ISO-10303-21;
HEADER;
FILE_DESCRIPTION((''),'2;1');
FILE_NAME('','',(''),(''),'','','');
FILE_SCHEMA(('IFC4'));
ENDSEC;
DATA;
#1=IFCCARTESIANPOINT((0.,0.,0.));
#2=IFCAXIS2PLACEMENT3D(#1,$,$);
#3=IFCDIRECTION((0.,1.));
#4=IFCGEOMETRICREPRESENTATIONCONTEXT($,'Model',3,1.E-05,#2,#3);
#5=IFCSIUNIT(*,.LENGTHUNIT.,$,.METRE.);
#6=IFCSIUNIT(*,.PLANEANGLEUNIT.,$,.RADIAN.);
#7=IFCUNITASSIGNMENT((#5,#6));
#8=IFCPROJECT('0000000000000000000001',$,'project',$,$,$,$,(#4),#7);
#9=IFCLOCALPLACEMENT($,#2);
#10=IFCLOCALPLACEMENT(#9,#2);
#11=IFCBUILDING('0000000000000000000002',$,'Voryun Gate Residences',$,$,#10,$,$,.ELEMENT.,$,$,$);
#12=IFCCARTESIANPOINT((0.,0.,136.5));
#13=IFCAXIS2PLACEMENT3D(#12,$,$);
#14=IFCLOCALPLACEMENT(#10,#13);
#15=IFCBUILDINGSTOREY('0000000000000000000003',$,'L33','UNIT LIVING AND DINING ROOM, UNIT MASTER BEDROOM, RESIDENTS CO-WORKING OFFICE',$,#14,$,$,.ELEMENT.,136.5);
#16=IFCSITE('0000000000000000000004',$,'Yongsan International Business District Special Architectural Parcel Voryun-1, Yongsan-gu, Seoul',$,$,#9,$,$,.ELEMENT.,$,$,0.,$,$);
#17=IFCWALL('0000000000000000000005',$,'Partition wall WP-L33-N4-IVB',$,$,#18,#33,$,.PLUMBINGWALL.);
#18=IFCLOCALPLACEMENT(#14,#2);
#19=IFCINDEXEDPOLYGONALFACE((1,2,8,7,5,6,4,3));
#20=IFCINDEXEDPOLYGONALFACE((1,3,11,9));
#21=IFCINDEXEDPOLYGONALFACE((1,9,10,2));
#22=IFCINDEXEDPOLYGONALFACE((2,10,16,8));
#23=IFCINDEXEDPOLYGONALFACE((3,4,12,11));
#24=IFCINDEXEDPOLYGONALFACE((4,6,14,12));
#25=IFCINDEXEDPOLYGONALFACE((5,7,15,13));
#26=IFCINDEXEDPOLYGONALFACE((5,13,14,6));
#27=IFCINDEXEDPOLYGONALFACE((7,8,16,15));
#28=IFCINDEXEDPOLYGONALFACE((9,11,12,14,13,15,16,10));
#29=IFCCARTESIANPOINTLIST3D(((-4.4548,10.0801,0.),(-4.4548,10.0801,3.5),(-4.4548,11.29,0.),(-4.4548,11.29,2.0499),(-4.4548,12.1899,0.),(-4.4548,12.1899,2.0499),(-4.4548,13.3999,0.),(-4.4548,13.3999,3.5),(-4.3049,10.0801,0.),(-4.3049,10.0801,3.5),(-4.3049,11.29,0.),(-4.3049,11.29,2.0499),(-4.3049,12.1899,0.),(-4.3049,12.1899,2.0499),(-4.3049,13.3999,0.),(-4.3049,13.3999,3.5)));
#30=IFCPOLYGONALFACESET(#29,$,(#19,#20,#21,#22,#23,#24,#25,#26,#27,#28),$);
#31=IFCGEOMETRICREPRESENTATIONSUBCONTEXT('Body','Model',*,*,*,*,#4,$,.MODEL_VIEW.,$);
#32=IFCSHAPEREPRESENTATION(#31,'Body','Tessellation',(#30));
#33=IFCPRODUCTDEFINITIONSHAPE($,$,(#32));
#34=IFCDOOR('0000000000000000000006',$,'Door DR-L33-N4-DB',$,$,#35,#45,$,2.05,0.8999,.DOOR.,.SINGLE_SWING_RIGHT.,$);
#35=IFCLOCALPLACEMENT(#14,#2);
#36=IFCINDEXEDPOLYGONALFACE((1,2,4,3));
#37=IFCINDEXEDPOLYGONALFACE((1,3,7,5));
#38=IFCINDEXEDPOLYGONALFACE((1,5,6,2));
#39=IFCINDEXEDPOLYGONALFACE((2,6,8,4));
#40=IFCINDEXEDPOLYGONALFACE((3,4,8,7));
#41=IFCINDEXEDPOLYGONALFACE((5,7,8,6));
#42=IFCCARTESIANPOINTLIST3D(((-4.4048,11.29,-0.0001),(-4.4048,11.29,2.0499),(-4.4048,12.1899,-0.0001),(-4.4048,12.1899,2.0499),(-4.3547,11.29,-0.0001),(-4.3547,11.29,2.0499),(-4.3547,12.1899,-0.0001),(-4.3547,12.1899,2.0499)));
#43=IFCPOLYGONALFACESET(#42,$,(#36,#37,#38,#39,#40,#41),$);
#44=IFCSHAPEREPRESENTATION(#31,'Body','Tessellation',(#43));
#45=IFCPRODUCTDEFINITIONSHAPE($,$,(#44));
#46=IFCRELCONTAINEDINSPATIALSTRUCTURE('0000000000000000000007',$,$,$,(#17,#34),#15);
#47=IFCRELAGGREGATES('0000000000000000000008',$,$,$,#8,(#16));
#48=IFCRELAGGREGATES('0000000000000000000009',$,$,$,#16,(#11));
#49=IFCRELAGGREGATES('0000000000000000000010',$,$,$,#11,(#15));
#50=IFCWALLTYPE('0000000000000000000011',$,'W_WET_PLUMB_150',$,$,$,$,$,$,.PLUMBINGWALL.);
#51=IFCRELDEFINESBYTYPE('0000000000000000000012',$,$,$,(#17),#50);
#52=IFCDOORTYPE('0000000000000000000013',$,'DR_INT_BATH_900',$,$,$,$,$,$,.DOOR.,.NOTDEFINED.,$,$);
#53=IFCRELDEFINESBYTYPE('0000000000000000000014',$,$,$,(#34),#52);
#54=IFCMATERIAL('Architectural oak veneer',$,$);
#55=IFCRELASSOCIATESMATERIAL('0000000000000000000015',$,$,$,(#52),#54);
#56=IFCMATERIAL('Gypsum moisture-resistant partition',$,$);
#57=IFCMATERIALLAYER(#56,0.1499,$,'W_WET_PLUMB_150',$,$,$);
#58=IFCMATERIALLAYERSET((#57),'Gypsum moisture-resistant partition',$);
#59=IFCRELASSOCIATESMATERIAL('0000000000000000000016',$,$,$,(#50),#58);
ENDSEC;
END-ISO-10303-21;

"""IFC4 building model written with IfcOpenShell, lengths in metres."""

from ifc_helpers import new_model, si_unit, direction, frame, frame_2d, origin, place, context, subcontext, project, spatial, rectangle, extrude, material, layer, layer_set, type_object, element, fill, save


model = new_model("IFC4")

# Units and contexts
model_context = context("Model", 3, precision=1e-05, world=origin(), true_north=direction((0.0, 1.0)))
body_context = subcontext(model_context, "Body", "Model", "MODEL_VIEW")
ifc_project = project(units=[si_unit("LENGTHUNIT", "METRE"), si_unit("PLANEANGLEUNIT", "RADIAN")], contexts=[model_context])

# Site, building, storey
site_placement = place(None, origin())
site = spatial("IfcSite", under=ifc_project, at=site_placement, Name="Yongsan International Business District Special Architectural Parcel Voryun-1, Yongsan-gu, Seoul", CompositionType="ELEMENT", RefElevation=0.0)
building_placement = place(site_placement, origin())
building = spatial("IfcBuilding", under=site, at=building_placement, Name="Voryun Gate Residences", CompositionType="ELEMENT")
storey_placement = place(building_placement, frame((0.0, 0.0, 136.5)))
storey = spatial("IfcBuildingStorey", under=building, at=storey_placement, Name="L33", Description="UNIT LIVING AND DINING ROOM, UNIT MASTER BEDROOM, RESIDENTS CO-WORKING OFFICE", CompositionType="ELEMENT", Elevation=136.5)

# Wall, opening, door
ifc_material_1 = material(Name="Architectural oak veneer")
door_type_1 = type_object("IfcDoorType", Name="DR_INT_BATH_900", OperationType="NOTDEFINED", PredefinedType="DOOR", material=ifc_material_1)
ifc_material_2 = material(Name="Gypsum moisture-resistant partition")
ifc_layer_1 = layer(ifc_material_2, 0.1499, Name="W_WET_PLUMB_150")
ifc_layer_set_1 = layer_set([ifc_layer_1], Name="Gypsum moisture-resistant partition")
wall_type_1 = type_object("IfcWallType", Name="W_WET_PLUMB_150", PredefinedType="PLUMBINGWALL", material=ifc_layer_set_1)
wall_1_placement = place(storey_placement, frame((-4.3799, 10.0801, 0.0), z_axis=(0.0, 0.0, 1.0), x_axis=(0.0, 1.0, 0.0)))
wall_1 = element("IfcWall", 1, at=wall_1_placement, inside=storey, type_object=wall_type_1, Name="Partition wall WP-L33-N4-IVB", PredefinedType="PLUMBINGWALL", context=body_context, shape_type="SweptSolid", body=[
    extrude(rectangle(XDim=3.3198, YDim=0.1499, at=frame_2d((1.6599, 0.0))), origin(), (0.0, 0.0, 1.0), 3.5),
])
opening_1_placement = place(wall_1_placement, frame((1.21, 0.0, 0.0)))
opening_1 = element("IfcOpeningElement", 2, at=opening_1_placement, cuts=wall_1, PredefinedType="OPENING", context=body_context, shape_type="SweptSolid", body=[
    extrude(rectangle(XDim=0.8999, YDim=2.05, at=frame_2d((0.45, 1.0249))), frame((0.0, 0.085, 0.0), z_axis=(0.0, -1.0, 0.0), x_axis=(1.0, 0.0, 0.0)), (0.0, 0.0, 1.0), 0.1699),
])
door_1_placement = place(opening_1_placement, origin())
door_1 = element("IfcDoor", 3, at=door_1_placement, inside=storey, type_object=door_type_1, Name="Door DR-L33-N4-DB", OperationType="SINGLE_SWING_RIGHT", OverallHeight=2.05, OverallWidth=0.8999, PredefinedType="DOOR", context=body_context, shape_type="SweptSolid", body=[
    extrude(rectangle(XDim=0.8999, YDim=2.05, at=frame_2d((0.45, 1.0249))), frame((0.0, 0.0249, 0.0), z_axis=(0.0, -1.0, 0.0), x_axis=(1.0, 0.0, 0.0)), (0.0, 0.0, 1.0), 0.05),
])
fill(opening_1, door_1)

save(model, "model.ifc")
